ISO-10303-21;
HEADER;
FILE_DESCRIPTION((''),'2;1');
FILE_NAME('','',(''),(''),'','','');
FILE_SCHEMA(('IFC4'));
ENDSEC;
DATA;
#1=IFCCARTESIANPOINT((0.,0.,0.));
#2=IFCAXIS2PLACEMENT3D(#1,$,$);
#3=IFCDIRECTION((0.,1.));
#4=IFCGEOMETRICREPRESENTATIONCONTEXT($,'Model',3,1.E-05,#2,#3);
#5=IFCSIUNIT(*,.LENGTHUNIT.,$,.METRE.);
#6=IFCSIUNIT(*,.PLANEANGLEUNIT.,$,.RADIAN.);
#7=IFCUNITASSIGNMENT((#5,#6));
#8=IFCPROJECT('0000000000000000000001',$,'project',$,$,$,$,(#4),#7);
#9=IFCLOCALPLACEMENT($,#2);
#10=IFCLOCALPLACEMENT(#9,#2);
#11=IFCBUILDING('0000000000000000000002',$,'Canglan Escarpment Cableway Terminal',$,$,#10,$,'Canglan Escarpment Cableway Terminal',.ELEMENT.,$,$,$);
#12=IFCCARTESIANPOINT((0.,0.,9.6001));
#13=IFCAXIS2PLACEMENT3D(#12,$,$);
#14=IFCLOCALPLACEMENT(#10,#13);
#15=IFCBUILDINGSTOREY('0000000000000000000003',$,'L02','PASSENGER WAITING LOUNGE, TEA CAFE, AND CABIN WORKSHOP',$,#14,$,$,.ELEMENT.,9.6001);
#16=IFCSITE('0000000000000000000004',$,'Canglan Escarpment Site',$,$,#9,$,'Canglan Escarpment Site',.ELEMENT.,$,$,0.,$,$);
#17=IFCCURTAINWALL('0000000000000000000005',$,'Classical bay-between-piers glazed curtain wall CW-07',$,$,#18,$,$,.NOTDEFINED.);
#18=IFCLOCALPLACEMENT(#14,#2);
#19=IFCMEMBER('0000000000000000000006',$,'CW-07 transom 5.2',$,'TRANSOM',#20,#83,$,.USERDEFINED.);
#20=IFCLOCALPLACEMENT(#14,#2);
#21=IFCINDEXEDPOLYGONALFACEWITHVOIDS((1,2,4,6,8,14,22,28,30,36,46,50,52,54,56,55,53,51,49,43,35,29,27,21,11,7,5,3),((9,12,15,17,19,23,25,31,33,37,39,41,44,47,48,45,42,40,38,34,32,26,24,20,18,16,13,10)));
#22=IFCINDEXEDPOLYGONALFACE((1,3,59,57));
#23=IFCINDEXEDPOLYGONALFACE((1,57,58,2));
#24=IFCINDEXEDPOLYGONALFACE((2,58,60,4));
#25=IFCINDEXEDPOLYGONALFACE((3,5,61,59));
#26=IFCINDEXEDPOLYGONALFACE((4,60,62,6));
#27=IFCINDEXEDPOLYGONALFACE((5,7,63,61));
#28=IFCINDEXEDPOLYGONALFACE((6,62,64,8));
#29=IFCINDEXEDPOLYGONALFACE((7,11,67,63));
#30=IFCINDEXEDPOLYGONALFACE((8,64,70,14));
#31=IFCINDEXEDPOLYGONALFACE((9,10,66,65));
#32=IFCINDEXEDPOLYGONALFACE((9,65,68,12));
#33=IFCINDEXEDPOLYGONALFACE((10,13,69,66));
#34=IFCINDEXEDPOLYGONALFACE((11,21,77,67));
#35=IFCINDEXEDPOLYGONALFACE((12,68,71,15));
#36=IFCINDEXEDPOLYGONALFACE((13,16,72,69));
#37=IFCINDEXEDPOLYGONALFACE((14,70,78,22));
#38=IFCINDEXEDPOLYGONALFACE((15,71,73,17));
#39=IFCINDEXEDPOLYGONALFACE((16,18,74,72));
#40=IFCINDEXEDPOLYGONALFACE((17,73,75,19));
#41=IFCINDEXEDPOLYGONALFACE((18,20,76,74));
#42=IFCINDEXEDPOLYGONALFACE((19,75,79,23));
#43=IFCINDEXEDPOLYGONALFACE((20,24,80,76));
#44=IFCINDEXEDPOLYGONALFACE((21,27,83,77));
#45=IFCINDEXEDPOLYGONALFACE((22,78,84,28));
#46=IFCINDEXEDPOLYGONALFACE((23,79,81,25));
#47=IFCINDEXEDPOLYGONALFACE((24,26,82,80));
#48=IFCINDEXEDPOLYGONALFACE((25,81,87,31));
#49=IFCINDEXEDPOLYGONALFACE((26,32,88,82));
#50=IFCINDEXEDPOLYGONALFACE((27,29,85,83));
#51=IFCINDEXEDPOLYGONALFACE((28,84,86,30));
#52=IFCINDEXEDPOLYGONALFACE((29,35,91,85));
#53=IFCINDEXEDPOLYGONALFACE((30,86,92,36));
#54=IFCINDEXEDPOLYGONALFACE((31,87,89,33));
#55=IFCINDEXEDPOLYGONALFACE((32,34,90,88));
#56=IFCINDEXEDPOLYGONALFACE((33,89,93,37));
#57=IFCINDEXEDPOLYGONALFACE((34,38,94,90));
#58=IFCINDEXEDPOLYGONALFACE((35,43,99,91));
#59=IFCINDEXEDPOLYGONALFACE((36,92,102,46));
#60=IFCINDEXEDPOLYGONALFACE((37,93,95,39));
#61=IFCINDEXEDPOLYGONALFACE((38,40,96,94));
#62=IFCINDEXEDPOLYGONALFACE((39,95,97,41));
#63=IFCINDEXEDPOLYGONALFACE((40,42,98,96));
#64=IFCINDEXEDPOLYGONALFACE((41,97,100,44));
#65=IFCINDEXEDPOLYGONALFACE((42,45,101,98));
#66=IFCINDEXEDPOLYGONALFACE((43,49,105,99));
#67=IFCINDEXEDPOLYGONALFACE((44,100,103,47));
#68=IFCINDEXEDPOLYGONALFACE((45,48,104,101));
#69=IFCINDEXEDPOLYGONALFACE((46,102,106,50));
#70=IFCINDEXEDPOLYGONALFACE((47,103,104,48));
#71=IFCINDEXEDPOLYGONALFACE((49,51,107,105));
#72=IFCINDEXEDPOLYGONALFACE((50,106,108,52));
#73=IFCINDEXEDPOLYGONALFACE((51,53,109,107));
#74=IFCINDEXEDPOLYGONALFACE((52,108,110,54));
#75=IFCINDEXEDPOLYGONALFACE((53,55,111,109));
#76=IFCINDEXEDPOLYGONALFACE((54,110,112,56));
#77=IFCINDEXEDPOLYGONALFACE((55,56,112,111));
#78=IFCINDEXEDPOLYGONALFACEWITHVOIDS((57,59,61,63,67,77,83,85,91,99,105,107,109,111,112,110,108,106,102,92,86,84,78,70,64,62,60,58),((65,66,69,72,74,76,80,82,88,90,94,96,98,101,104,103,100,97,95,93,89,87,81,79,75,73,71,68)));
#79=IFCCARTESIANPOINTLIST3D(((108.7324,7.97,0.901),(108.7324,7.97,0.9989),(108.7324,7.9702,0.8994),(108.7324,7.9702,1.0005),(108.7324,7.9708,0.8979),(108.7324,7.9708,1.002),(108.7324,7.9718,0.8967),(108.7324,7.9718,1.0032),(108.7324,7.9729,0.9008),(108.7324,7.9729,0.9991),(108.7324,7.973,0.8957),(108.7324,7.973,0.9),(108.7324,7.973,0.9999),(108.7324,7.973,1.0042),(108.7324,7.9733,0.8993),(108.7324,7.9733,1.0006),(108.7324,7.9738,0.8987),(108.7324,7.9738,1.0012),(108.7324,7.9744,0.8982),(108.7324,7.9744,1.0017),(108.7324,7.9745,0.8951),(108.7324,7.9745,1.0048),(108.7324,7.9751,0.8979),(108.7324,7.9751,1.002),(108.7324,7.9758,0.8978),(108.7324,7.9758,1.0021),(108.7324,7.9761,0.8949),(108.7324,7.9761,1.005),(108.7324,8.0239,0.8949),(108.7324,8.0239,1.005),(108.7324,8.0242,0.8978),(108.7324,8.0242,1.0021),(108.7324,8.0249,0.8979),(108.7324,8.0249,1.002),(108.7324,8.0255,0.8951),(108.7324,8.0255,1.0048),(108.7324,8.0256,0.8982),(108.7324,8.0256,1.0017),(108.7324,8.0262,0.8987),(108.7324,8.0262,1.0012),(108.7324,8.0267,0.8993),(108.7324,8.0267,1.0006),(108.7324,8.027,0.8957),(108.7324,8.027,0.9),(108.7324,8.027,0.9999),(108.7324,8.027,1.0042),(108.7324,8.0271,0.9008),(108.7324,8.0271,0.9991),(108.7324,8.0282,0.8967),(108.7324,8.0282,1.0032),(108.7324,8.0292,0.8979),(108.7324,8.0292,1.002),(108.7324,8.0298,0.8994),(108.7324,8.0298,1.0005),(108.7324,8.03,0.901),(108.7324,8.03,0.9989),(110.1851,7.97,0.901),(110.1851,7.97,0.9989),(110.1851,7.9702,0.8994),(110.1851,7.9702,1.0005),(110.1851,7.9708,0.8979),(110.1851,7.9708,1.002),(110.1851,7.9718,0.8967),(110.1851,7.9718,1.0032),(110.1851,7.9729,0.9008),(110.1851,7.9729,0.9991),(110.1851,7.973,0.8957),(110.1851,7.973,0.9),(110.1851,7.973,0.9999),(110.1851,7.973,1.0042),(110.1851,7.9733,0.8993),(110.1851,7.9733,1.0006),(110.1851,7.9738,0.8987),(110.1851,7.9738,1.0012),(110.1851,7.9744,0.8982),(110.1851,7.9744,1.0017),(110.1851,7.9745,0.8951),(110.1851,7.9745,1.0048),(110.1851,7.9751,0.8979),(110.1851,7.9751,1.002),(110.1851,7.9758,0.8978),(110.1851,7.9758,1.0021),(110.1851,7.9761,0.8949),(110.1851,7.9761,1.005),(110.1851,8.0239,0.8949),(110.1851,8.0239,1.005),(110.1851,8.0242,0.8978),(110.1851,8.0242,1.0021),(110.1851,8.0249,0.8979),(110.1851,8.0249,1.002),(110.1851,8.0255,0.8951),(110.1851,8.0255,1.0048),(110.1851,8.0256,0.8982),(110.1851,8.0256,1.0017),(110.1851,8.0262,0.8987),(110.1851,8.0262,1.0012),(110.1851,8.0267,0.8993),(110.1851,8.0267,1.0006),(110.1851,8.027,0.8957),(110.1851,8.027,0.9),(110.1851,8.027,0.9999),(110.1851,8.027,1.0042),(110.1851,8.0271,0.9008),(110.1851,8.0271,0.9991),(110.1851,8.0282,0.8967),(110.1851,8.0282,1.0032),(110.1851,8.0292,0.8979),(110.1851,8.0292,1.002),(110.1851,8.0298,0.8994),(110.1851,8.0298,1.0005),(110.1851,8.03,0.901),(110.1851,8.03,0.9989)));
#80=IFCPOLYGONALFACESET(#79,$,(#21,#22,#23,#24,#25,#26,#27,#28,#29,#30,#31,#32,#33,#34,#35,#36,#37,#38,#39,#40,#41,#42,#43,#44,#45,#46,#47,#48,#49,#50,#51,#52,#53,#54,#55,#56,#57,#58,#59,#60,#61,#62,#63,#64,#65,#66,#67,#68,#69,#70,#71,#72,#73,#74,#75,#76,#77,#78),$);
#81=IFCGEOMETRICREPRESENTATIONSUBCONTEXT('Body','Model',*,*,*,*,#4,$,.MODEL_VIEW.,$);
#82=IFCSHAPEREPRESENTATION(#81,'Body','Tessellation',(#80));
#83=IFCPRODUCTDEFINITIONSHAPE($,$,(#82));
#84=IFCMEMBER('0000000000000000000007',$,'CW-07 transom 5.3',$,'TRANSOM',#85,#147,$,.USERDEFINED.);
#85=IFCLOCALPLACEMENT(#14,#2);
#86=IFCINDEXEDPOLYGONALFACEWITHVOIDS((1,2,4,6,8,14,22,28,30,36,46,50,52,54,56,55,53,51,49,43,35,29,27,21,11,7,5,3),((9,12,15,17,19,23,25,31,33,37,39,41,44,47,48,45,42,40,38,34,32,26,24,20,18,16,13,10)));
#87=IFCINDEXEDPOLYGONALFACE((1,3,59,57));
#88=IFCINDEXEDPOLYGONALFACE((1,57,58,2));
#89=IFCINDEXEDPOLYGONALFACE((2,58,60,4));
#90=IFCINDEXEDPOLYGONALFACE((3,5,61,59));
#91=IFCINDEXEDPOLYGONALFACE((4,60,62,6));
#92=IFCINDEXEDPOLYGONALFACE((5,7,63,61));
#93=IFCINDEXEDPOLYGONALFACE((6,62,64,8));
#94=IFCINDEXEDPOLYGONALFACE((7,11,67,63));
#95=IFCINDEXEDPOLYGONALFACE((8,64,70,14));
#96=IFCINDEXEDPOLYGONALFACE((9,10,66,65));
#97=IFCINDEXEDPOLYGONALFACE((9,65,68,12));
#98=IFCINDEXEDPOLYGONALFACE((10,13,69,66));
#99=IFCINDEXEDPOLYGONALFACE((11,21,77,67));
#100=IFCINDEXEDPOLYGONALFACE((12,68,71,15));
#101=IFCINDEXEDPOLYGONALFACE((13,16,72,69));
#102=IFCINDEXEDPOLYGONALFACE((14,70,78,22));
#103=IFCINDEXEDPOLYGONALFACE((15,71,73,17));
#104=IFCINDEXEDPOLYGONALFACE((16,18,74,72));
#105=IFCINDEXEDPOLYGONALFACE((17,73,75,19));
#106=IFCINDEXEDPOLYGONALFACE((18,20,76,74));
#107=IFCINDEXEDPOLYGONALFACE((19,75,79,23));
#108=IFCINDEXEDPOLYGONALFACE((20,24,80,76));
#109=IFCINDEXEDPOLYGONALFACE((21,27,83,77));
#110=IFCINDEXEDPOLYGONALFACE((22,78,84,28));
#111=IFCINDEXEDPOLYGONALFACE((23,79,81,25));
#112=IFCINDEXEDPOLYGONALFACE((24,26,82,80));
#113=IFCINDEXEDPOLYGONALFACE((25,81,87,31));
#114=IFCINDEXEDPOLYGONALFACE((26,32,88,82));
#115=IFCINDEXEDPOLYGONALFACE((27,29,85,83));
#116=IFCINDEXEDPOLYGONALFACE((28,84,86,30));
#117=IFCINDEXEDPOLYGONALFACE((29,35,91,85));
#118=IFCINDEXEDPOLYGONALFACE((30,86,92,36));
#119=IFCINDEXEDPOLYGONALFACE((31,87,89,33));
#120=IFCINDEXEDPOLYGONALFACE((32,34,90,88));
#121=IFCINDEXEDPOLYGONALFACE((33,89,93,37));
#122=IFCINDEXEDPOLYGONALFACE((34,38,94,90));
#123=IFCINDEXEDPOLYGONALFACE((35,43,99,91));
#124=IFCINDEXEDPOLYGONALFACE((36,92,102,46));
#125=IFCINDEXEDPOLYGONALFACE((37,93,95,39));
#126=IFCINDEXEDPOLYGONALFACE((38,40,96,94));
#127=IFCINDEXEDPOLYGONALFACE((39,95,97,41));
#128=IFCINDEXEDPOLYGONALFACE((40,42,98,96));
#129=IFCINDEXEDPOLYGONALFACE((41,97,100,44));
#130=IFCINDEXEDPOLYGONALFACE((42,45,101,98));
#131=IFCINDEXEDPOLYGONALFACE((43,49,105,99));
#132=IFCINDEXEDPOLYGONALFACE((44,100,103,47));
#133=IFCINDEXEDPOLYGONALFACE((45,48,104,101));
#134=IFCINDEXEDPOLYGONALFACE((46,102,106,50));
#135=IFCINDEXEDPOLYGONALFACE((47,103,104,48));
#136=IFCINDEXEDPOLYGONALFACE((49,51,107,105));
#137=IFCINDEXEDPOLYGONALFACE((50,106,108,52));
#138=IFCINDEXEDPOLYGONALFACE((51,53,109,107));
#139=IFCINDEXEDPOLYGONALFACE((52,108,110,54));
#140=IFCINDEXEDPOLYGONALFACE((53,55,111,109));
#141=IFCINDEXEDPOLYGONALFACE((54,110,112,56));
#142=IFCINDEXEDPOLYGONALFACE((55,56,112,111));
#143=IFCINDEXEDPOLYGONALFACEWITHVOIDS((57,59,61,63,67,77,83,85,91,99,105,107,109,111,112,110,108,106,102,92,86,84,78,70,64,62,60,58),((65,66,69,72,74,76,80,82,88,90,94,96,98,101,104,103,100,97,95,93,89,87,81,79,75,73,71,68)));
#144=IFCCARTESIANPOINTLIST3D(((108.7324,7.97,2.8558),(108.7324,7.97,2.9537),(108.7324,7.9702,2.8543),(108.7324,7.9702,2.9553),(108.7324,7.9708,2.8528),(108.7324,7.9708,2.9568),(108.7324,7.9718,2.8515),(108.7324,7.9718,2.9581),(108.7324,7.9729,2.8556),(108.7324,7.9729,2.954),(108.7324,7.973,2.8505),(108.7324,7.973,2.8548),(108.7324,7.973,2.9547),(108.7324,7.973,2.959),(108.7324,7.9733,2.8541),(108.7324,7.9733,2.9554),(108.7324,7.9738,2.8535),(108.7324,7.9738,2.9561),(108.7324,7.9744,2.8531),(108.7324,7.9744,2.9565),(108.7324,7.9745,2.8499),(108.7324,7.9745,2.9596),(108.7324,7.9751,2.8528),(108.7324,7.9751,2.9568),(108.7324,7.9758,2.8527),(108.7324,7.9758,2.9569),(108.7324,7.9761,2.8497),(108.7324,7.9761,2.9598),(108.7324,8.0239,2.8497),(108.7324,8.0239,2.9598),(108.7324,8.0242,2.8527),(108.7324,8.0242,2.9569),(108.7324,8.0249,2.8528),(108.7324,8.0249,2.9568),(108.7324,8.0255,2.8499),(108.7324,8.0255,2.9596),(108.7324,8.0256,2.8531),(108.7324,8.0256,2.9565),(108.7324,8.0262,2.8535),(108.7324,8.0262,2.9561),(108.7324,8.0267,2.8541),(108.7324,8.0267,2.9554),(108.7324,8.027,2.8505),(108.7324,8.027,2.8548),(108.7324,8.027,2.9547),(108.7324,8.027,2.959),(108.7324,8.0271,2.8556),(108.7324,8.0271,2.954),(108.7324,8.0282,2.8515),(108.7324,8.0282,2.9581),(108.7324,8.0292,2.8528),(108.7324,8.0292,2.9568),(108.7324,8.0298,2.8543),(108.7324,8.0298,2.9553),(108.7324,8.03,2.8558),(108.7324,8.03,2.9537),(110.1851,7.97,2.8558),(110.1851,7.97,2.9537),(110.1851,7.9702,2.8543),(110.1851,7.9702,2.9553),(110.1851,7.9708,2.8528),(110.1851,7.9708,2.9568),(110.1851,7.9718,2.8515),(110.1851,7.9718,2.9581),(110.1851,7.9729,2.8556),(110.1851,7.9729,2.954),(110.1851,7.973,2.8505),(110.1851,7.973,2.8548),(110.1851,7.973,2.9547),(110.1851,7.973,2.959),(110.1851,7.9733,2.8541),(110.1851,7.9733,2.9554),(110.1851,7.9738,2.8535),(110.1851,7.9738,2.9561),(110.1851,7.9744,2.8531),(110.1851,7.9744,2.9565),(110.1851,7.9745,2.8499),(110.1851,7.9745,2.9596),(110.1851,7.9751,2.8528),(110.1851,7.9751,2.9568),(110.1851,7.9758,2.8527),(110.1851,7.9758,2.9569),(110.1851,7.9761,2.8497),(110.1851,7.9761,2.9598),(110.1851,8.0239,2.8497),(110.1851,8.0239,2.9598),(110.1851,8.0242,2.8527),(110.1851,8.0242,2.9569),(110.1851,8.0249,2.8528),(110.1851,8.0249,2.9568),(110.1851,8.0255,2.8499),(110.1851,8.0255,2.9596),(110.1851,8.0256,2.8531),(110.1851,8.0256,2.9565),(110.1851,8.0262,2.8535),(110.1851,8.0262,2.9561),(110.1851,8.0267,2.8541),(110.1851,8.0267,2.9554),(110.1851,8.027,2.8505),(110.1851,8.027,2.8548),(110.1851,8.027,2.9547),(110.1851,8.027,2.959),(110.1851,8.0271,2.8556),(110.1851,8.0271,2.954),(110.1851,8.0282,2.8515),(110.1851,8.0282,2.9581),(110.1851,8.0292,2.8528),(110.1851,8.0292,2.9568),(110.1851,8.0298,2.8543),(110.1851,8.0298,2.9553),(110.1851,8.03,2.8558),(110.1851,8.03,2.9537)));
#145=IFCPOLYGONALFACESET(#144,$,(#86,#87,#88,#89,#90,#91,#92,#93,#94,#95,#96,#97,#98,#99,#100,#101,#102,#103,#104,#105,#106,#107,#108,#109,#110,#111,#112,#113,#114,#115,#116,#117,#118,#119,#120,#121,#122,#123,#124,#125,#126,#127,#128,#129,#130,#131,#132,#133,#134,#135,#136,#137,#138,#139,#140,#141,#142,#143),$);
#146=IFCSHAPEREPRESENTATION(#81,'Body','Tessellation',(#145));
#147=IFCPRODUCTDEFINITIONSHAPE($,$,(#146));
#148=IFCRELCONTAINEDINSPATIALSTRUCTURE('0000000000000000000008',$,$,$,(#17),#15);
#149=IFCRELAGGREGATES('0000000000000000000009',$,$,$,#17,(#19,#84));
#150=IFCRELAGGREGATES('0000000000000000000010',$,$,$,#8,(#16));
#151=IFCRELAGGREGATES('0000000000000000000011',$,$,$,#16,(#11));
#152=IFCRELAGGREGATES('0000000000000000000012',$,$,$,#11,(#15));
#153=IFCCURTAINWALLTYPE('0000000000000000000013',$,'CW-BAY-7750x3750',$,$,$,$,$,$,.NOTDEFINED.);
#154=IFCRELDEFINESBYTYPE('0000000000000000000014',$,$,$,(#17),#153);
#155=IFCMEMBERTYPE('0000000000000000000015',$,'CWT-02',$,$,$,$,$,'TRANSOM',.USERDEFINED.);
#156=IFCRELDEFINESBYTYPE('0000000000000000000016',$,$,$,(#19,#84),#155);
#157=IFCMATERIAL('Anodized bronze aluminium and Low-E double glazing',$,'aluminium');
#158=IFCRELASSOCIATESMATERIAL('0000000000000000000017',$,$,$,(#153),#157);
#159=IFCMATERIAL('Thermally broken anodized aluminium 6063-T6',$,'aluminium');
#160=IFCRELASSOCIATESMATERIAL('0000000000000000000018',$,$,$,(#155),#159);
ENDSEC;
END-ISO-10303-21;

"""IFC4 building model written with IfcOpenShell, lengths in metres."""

from ifc_helpers import new_model, si_unit, direction, frame, origin, origin_2d, place, context, subcontext, project, spatial, hollow_rectangle, extrude, material, material_profile, profile_set, type_object, element, aggregate, save


model = new_model("IFC4")

# Units and contexts
model_context = context("Model", 3, precision=1e-05, world=origin(), true_north=direction((0.0, 1.0)))
body_context = subcontext(model_context, "Body", "Model", "MODEL_VIEW")
ifc_project = project(units=[si_unit("LENGTHUNIT", "METRE"), si_unit("PLANEANGLEUNIT", "RADIAN")], contexts=[model_context])

# Site, building, storey
site_placement = place(None, origin())
site = spatial("IfcSite", under=ifc_project, at=site_placement, Name="Canglan Escarpment Site", LongName="Canglan Escarpment Site", CompositionType="ELEMENT", RefElevation=0.0)
building_placement = place(site_placement, origin())
building = spatial("IfcBuilding", under=site, at=building_placement, Name="Canglan Escarpment Cableway Terminal", LongName="Canglan Escarpment Cableway Terminal", CompositionType="ELEMENT")
storey_placement = place(building_placement, frame((0.0, 0.0, 9.6001)))
storey = spatial("IfcBuildingStorey", under=building, at=storey_placement, Name="L02", Description="PASSENGER WAITING LOUNGE, TEA CAFE, AND CABIN WORKSHOP", CompositionType="ELEMENT", Elevation=9.6001)

# Curtain wall, members
ifc_material_1 = material(Name="Anodized bronze aluminium and Low-E double glazing", Category="aluminium")
curtain_wall_type = type_object("IfcCurtainWallType", Name="CW-BAY-7750x3750", PredefinedType="NOTDEFINED", material=ifc_material_1)
curtain_wall_placement = place(storey_placement, origin())
curtain_wall = element("IfcCurtainWall", 1, at=curtain_wall_placement, inside=storey, type_object=curtain_wall_type, Name="Classical bay-between-piers glazed curtain wall CW-07", PredefinedType="NOTDEFINED")
ifc_material_2 = material(Name="Thermally broken anodized aluminium 6063-T6", Category="aluminium")
ifc_material_profile_1 = material_profile(ifc_material_2, hollow_rectangle(XDim=0.0601, YDim=0.1101, WallThickness=0.0029, InnerFilletRadius=0.0029, OuterFilletRadius=0.0061, at=origin_2d()), Name="ALU-TRAN 60x110x3")
ifc_profile_set_1 = profile_set([ifc_material_profile_1], Name="Thermally broken anodized aluminium 6063-T6")
member_type_1 = type_object("IfcMemberType", Name="CWT-02", ElementType="TRANSOM", PredefinedType="USERDEFINED", material=ifc_profile_set_1)
member_1_placement = place(storey_placement, frame((108.7324, 8.0, 0.95), z_axis=(1.0, 0.0, 0.0), x_axis=(0.0, 1.0, 0.0)))
member_1 = element("IfcMember", 2, at=member_1_placement, type_object=member_type_1, Name="CW-07 transom 5.2", ObjectType="TRANSOM", PredefinedType="USERDEFINED", context=body_context, shape_type="SweptSolid", body=[
    extrude(hollow_rectangle(XDim=0.0601, YDim=0.1101, WallThickness=0.0029, InnerFilletRadius=0.0029, OuterFilletRadius=0.0061, at=origin_2d()), origin(), (0.0, 0.0, 1.0), 1.4526),
])
member_2_placement = place(storey_placement, frame((108.7324, 8.0, 2.9048), z_axis=(1.0, 0.0, 0.0), x_axis=(0.0, 1.0, 0.0)))
member_2 = element("IfcMember", 3, at=member_2_placement, type_object=member_type_1, Name="CW-07 transom 5.3", ObjectType="TRANSOM", PredefinedType="USERDEFINED", context=body_context, shape_type="SweptSolid", body=[
    extrude(hollow_rectangle(XDim=0.0601, YDim=0.1101, WallThickness=0.0029, InnerFilletRadius=0.0029, OuterFilletRadius=0.0061, at=origin_2d()), origin(), (0.0, 0.0, 1.0), 1.4526),
])
aggregate(curtain_wall, [member_1, member_2])

save(model, "model.ifc")
